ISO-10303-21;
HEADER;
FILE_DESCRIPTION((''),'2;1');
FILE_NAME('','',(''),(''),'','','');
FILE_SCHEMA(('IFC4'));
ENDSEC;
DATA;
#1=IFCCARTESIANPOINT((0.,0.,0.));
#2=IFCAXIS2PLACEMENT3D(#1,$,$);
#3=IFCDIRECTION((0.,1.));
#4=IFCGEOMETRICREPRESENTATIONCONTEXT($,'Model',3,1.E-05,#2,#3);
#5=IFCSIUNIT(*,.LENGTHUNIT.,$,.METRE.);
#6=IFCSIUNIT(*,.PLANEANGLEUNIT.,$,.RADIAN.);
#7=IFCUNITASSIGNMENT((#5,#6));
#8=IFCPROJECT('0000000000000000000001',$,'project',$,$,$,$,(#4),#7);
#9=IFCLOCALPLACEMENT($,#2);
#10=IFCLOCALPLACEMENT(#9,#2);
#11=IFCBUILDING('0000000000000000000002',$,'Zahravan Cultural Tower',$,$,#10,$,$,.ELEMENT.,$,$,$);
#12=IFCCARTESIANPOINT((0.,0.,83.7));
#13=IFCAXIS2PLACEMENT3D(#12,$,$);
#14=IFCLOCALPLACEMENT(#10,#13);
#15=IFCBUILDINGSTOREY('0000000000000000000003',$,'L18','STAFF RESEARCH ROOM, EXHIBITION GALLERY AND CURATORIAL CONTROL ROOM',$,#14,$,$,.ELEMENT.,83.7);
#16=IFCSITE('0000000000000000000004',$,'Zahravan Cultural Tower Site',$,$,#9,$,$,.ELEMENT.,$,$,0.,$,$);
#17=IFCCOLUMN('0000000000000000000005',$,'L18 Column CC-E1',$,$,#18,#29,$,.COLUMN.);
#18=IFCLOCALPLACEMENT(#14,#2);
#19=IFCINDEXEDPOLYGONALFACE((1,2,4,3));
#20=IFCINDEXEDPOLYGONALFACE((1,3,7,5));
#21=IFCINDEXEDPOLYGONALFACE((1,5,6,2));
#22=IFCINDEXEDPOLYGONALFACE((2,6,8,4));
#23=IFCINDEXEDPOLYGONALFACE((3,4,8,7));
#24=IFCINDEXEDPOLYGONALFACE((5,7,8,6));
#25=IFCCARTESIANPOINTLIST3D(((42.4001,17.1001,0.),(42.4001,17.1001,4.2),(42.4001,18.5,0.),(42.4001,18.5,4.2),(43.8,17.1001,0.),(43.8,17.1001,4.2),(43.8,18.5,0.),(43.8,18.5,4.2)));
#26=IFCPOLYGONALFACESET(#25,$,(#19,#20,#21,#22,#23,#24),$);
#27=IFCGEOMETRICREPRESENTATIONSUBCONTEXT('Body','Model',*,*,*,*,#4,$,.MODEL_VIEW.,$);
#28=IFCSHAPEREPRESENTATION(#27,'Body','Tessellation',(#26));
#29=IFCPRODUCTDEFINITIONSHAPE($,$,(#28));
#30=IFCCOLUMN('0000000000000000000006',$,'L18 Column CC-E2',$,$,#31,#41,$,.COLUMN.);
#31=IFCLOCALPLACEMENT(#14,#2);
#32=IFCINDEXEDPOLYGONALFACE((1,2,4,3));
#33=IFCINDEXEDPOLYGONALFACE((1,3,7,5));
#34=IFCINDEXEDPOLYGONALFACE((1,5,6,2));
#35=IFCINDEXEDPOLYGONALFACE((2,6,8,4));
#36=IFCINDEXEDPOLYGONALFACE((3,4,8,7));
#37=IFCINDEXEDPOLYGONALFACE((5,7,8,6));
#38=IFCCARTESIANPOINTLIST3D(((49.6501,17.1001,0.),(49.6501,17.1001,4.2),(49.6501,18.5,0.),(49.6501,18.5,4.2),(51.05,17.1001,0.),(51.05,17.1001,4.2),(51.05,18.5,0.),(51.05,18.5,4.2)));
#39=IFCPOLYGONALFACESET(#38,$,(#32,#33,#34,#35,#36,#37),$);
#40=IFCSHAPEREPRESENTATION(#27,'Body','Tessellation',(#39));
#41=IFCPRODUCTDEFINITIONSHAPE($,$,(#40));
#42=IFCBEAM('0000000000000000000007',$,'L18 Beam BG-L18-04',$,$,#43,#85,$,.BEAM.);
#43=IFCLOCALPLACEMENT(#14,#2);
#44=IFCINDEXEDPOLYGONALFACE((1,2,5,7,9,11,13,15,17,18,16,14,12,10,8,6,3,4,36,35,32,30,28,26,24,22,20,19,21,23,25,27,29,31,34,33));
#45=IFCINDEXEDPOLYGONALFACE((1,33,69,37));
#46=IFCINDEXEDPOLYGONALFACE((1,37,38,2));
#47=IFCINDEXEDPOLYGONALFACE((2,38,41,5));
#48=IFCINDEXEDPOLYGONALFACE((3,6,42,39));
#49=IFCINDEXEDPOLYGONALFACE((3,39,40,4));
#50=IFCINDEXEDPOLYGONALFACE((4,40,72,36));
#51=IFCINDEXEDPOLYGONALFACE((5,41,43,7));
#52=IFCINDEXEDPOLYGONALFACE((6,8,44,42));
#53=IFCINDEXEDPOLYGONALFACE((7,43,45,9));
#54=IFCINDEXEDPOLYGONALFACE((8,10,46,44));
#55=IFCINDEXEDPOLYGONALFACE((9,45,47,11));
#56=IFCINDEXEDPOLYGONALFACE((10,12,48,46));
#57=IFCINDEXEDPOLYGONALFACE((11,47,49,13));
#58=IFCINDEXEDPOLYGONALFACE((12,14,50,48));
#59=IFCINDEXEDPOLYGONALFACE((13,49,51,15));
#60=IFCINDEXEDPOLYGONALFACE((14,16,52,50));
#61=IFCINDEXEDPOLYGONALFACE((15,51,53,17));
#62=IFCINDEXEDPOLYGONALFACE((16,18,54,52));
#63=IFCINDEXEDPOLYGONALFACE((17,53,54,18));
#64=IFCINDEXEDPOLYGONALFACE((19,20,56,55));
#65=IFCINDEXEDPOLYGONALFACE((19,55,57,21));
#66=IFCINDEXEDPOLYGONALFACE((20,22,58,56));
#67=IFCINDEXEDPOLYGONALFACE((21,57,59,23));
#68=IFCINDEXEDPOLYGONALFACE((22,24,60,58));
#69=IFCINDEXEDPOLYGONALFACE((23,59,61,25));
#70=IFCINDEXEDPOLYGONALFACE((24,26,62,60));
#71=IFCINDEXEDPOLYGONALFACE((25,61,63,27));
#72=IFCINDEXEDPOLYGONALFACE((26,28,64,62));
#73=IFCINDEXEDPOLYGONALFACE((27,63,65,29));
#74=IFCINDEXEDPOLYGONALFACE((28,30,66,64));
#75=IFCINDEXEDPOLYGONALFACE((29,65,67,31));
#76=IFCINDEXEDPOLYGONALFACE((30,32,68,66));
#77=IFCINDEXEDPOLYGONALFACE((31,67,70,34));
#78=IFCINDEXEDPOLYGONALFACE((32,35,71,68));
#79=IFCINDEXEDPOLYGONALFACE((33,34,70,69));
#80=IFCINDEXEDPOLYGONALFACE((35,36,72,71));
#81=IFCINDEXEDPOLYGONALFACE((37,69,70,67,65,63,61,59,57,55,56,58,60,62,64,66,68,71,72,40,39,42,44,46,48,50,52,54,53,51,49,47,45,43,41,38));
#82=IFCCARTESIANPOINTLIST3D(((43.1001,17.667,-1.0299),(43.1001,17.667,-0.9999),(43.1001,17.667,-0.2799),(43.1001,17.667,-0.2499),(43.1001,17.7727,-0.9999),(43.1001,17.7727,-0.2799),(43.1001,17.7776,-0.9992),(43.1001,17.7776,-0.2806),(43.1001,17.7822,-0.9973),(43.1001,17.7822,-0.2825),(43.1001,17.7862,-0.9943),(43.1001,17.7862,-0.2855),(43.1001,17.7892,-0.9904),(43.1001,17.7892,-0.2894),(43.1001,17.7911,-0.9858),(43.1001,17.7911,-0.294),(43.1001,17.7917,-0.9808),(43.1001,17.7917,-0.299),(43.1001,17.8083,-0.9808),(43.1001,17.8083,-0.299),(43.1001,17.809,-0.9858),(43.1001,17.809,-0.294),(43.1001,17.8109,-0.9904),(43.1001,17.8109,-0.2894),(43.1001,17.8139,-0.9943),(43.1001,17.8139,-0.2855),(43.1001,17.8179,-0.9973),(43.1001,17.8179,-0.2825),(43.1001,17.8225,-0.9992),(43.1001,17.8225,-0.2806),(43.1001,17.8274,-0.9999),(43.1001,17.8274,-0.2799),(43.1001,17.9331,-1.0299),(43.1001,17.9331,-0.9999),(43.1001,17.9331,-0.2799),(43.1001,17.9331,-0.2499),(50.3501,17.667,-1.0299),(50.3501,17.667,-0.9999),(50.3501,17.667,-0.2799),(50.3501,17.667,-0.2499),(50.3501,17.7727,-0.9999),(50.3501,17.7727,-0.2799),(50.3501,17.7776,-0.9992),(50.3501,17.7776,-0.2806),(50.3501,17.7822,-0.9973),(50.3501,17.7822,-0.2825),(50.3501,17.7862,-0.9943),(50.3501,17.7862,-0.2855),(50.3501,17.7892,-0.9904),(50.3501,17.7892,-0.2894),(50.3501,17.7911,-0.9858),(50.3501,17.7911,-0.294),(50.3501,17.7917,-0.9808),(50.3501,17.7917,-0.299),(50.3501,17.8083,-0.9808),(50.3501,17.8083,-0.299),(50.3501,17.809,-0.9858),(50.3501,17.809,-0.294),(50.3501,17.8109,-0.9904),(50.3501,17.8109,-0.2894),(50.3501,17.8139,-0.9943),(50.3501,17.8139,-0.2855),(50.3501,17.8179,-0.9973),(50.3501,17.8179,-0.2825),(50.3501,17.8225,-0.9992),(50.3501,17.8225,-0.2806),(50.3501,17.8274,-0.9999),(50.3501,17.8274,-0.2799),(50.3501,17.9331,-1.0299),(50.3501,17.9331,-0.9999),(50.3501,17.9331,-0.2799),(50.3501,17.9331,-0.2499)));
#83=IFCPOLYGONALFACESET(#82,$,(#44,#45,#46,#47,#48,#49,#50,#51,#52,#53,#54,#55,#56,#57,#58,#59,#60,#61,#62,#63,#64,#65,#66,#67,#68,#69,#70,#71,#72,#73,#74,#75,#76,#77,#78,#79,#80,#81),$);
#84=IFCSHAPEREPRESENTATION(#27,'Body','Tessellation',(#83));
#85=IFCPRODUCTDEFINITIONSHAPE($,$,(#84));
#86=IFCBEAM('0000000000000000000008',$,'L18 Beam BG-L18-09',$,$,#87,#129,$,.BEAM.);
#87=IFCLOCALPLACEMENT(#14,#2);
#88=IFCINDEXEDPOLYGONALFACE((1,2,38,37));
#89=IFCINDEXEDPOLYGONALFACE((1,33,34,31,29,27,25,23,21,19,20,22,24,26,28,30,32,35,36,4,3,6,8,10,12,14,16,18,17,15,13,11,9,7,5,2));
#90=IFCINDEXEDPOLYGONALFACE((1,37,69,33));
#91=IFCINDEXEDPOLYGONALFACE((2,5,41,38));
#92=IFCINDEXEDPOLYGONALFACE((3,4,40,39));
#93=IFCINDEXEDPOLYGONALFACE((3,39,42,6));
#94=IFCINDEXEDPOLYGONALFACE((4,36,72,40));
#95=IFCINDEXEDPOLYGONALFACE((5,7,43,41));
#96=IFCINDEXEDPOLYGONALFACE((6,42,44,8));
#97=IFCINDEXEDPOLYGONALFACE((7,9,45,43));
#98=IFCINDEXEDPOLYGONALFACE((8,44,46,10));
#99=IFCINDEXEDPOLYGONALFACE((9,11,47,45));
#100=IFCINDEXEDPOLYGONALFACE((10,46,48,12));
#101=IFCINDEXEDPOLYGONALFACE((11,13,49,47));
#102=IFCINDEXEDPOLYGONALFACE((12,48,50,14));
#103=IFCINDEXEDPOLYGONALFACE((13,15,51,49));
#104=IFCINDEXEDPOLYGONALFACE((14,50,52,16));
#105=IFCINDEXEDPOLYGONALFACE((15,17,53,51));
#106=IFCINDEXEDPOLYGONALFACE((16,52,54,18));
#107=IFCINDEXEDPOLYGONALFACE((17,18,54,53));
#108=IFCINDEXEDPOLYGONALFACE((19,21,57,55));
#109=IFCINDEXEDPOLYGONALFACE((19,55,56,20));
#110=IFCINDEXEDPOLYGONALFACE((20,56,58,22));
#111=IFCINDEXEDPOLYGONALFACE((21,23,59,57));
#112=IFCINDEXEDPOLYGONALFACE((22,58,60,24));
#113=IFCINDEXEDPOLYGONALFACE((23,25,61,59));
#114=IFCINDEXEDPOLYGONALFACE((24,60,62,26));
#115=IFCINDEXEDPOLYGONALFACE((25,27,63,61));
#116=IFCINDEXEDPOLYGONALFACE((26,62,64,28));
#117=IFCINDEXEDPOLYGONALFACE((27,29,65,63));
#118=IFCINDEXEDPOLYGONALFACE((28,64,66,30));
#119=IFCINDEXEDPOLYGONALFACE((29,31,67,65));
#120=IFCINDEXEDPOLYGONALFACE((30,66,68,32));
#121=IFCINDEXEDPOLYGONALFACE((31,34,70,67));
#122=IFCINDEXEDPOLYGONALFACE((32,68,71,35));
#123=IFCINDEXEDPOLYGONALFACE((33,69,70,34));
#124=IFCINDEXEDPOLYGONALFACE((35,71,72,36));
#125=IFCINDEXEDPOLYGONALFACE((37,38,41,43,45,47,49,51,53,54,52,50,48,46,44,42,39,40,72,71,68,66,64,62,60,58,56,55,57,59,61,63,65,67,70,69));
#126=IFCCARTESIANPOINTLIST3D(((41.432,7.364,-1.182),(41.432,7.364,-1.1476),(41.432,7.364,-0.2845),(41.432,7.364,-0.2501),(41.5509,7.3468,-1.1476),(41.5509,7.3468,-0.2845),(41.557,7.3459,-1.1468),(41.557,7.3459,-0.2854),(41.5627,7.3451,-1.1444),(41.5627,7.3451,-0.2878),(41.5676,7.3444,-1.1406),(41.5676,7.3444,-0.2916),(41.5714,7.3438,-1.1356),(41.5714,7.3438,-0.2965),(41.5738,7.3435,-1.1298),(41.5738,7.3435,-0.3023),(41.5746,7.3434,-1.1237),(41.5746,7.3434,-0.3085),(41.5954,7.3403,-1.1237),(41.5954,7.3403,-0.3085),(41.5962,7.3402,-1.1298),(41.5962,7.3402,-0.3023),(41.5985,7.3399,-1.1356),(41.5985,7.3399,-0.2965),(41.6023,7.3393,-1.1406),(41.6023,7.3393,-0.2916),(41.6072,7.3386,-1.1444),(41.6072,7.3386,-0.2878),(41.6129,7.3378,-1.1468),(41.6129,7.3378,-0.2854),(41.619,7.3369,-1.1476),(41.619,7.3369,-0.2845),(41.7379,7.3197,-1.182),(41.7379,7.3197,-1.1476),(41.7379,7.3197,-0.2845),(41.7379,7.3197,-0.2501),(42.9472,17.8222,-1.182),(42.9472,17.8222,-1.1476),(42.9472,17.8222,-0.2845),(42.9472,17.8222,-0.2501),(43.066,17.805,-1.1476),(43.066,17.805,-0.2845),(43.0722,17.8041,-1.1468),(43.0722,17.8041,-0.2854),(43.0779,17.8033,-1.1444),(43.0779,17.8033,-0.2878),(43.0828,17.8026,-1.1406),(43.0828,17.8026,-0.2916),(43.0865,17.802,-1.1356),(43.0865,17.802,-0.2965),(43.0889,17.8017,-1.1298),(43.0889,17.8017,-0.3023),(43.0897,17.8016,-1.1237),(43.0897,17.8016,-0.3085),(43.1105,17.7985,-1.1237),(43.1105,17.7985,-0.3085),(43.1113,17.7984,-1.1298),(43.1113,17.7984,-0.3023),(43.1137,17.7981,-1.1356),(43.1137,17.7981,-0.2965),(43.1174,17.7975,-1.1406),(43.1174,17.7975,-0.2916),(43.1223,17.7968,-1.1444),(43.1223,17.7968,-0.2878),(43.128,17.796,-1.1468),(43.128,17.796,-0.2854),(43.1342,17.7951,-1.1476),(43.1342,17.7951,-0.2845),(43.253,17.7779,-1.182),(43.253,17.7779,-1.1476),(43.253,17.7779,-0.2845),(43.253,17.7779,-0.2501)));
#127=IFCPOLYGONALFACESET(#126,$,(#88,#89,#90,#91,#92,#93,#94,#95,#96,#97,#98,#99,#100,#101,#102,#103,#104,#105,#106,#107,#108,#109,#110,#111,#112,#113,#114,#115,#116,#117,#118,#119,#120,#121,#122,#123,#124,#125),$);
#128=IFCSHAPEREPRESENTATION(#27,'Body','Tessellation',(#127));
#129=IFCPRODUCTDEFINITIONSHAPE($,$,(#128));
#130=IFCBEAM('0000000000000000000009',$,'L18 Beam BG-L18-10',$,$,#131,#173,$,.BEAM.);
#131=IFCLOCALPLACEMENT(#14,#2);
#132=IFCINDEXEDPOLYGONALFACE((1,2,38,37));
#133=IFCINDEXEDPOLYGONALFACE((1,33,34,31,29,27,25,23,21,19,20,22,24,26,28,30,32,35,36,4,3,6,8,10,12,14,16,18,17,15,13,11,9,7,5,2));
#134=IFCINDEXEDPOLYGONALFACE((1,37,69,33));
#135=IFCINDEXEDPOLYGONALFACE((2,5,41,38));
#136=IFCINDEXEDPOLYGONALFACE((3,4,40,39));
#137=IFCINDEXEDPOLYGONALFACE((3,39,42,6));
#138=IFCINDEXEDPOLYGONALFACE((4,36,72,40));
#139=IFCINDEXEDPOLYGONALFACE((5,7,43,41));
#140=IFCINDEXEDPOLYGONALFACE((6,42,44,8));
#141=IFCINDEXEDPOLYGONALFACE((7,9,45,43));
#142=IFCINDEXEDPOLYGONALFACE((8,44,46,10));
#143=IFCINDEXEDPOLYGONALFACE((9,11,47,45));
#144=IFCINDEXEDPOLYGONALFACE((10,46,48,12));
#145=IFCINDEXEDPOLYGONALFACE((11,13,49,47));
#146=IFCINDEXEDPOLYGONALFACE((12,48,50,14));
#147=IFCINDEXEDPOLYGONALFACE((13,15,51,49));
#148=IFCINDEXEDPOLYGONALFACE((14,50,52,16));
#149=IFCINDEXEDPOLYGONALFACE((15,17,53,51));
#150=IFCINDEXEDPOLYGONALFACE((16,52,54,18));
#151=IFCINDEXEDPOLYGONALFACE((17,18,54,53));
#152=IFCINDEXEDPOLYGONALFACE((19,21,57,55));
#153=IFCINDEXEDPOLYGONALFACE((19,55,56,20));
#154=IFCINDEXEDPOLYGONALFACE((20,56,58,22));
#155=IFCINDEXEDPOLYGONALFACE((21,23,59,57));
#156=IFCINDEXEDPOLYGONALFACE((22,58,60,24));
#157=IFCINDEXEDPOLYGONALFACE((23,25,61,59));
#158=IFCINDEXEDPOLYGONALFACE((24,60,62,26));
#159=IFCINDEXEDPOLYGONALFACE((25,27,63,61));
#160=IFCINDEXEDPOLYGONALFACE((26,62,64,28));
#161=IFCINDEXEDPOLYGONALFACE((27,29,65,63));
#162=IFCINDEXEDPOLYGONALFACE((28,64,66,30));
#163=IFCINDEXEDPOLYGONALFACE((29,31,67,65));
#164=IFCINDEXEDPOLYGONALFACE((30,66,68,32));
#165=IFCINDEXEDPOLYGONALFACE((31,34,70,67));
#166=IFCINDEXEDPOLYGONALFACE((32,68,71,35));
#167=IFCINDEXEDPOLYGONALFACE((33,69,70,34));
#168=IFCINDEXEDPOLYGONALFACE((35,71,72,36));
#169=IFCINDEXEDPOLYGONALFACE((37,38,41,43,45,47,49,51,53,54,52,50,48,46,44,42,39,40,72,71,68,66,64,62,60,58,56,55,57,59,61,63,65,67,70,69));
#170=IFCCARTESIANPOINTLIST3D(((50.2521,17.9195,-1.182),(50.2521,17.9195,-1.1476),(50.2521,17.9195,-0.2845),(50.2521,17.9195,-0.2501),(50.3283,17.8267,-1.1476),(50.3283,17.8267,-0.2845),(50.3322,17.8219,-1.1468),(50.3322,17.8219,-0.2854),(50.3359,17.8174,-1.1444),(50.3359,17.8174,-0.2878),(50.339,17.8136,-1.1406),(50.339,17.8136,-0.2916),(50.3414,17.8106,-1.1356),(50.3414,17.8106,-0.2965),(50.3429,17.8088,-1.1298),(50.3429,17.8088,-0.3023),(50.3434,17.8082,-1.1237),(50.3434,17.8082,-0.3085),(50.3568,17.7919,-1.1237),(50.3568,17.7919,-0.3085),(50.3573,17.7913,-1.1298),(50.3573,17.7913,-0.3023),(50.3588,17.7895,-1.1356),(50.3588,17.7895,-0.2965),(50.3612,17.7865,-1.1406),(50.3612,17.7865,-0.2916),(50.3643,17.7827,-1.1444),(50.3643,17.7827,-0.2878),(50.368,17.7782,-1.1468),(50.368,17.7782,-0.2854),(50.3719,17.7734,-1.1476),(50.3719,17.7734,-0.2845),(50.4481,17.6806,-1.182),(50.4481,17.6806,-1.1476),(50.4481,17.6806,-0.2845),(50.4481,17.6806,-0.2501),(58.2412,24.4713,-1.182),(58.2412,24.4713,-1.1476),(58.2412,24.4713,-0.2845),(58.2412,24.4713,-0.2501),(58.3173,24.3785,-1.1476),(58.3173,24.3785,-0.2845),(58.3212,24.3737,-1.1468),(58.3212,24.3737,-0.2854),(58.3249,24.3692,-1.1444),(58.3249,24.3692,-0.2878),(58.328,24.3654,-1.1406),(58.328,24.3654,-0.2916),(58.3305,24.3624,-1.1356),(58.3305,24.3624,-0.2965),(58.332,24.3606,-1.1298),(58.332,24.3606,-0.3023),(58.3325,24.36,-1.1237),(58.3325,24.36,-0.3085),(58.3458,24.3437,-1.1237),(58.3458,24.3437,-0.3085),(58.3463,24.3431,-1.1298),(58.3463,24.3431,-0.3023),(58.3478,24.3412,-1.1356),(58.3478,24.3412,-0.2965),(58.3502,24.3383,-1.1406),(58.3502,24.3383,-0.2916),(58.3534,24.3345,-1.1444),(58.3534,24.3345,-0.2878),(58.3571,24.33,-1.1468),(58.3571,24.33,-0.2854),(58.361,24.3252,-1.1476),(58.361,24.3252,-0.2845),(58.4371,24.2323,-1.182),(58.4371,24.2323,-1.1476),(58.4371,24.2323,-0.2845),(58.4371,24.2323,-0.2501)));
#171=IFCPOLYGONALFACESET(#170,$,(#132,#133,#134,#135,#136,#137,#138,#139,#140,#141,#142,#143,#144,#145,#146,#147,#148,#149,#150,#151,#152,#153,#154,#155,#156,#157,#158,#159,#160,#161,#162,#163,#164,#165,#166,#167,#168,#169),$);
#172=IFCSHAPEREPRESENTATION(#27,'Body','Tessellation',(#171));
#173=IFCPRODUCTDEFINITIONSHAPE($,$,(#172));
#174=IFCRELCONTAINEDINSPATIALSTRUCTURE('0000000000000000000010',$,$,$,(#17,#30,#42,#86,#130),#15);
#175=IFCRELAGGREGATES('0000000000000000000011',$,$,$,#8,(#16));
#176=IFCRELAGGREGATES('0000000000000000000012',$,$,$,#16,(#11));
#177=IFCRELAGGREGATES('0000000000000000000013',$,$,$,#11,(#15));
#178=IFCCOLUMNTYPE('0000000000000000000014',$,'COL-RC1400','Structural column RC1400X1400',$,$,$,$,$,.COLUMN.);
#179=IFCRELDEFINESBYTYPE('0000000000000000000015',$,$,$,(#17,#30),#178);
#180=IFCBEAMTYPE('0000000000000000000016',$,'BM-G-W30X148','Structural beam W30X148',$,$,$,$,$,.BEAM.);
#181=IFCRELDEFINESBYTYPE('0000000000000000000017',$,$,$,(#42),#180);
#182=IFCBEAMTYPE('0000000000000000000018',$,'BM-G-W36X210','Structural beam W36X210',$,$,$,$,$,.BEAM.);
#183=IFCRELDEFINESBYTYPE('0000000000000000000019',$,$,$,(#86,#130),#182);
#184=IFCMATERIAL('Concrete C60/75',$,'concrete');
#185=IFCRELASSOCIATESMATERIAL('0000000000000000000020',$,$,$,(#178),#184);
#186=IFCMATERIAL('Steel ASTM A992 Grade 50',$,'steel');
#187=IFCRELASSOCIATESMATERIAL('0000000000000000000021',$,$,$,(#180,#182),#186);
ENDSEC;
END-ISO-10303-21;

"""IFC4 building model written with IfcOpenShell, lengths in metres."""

from ifc_helpers import new_model, si_unit, direction, frame, origin, origin_2d, place, context, subcontext, project, spatial, rectangle, i_section, extrude, source, transform, mapped, material, material_profile, profile_set, type_object, element, save


model = new_model("IFC4")

# Units and contexts
model_context = context("Model", 3, precision=1e-05, world=origin(), true_north=direction((0.0, 1.0)))
body_context = subcontext(model_context, "Body", "Model", "MODEL_VIEW")
ifc_project = project(units=[si_unit("LENGTHUNIT", "METRE"), si_unit("PLANEANGLEUNIT", "RADIAN")], contexts=[model_context])

# Site, building, storey
site_placement = place(None, origin())
site = spatial("IfcSite", under=ifc_project, at=site_placement, Name="Zahravan Cultural Tower Site", CompositionType="ELEMENT", RefElevation=0.0)
building_placement = place(site_placement, origin())
building = spatial("IfcBuilding", under=site, at=building_placement, Name="Zahravan Cultural Tower", CompositionType="ELEMENT")
storey_placement = place(building_placement, frame((0.0, 0.0, 83.7)))
storey = spatial("IfcBuildingStorey", under=building, at=storey_placement, Name="L18", Description="STAFF RESEARCH ROOM, EXHIBITION GALLERY AND CURATORIAL CONTROL ROOM", CompositionType="ELEMENT", Elevation=83.7)

# Columns
ifc_material_1 = material(Name="Concrete C60/75", Category="concrete")
ifc_material_profile_1 = material_profile(ifc_material_1, rectangle(XDim=1.3999, YDim=1.3999, at=origin_2d()), Name="RC1400X1400")
ifc_profile_set_1 = profile_set([ifc_material_profile_1], Name="Concrete C60/75")
column_type = type_object("IfcColumnType", Name="COL-RC1400", Description="Structural column RC1400X1400", PredefinedType="COLUMN", material=ifc_profile_set_1)
shared_shape_1 = source(origin(), body_context, "Body", "SweptSolid", [
    extrude(rectangle(XDim=1.3999, YDim=1.3999, at=origin_2d()), origin(), (0.0, 0.0, 1.0), 4.2),
])
for number, where, z_axis, x_axis, name in (
    (1, (43.1001, 17.8, 0.0), (0.0, 0.0, 1.0), (1.0, 0.0, 0.0), "L18 Column CC-E1"),
    (2, (50.3501, 17.8, 0.0), (0.0, 0.0, 1.0), (1.0, 0.0, 0.0), "L18 Column CC-E2"),
):
    element("IfcColumn", number, at=place(storey_placement, frame(where, z_axis=z_axis, x_axis=x_axis)), inside=storey, type_object=column_type, Name=name, PredefinedType="COLUMN", context=body_context, shape_type="MappedRepresentation", body=[
        mapped(shared_shape_1, transform((0.0, 0.0, 0.0), x_axis=(1.0, 0.0, 0.0), y_axis=(0.0, 1.0, 0.0), z_axis=(0.0, 0.0, 1.0), scale=1.0)),
    ])

# Beams
ifc_material_2 = material(Name="Steel ASTM A992 Grade 50", Category="steel")
ifc_material_profile_2 = material_profile(ifc_material_2, i_section(OverallWidth=0.2661, OverallDepth=0.78, WebThickness=0.0166, FlangeThickness=0.03, FilletRadius=0.019, at=origin_2d()), Name="W30X148")
ifc_profile_set_2 = profile_set([ifc_material_profile_2], Name="Steel ASTM A992 Grade 50")
beam_type_1 = type_object("IfcBeamType", Name="BM-G-W30X148", Description="Structural beam W30X148", PredefinedType="BEAM", material=ifc_profile_set_2)
shared_shape_2 = source(origin(), body_context, "Body", "SweptSolid", [
    extrude(i_section(OverallWidth=0.2661, OverallDepth=0.78, WebThickness=0.0166, FlangeThickness=0.03, FilletRadius=0.019, at=origin_2d()), origin(), (0.0, 0.0, 1.0), 7.25),
])
beam_1_placement = place(storey_placement, frame((43.1001, 17.8, -0.6399), z_axis=(1.0, 0.0, 0.0), x_axis=(0.0, 1.0, 0.0)))
element("IfcBeam", 3, at=beam_1_placement, inside=storey, type_object=beam_type_1, Name="L18 Beam BG-L18-04", PredefinedType="BEAM", context=body_context, shape_type="MappedRepresentation", body=[
    mapped(shared_shape_2, transform((0.0, 0.0, 0.0), x_axis=(1.0, 0.0, 0.0), y_axis=(0.0, 1.0, 0.0), z_axis=(0.0, 0.0, 1.0), scale=1.0)),
])
ifc_material_profile_3 = material_profile(ifc_material_2, i_section(OverallWidth=0.3091, OverallDepth=0.9319, WebThickness=0.021, FlangeThickness=0.0344, FilletRadius=0.0239, at=origin_2d()), Name="W36X210")
ifc_profile_set_3 = profile_set([ifc_material_profile_3], Name="Steel ASTM A992 Grade 50")
beam_type_2 = type_object("IfcBeamType", Name="BM-G-W36X210", Description="Structural beam W36X210", PredefinedType="BEAM", material=ifc_profile_set_3)
shared_shape_3 = source(origin(), body_context, "Body", "SweptSolid", [
    extrude(i_section(OverallWidth=0.3091, OverallDepth=0.9319, WebThickness=0.021, FlangeThickness=0.0344, FilletRadius=0.0239, at=origin_2d()), origin(), (0.0, 0.0, 1.0), 10.5674),
])
beam_2_placement = place(storey_placement, frame((43.1001, 17.8, -0.7161), z_axis=(-0.143378, -0.989668, 0.0), x_axis=(0.989668, -0.143378, 0.0)))
element("IfcBeam", 4, at=beam_2_placement, inside=storey, type_object=beam_type_2, Name="L18 Beam BG-L18-09", PredefinedType="BEAM", context=body_context, shape_type="MappedRepresentation", body=[
    mapped(shared_shape_3, transform((0.0, 0.0, 0.0), x_axis=(1.0, 0.0, 0.0), y_axis=(0.0, 1.0, 0.0), z_axis=(0.0, 0.0, 1.0), scale=1.0)),
])
shared_shape_4 = source(origin(), body_context, "Body", "SweptSolid", [
    extrude(i_section(OverallWidth=0.3091, OverallDepth=0.9319, WebThickness=0.021, FlangeThickness=0.0344, FilletRadius=0.0239, at=origin_2d()), origin(), (0.0, 0.0, 1.0), 10.332),
])
beam_3_placement = place(storey_placement, frame((50.3501, 17.8, -0.7161), z_axis=(0.773231, 0.634124, 0.0), x_axis=(-0.634124, 0.773231, 0.0)))
element("IfcBeam", 5, at=beam_3_placement, inside=storey, type_object=beam_type_2, Name="L18 Beam BG-L18-10", PredefinedType="BEAM", context=body_context, shape_type="MappedRepresentation", body=[
    mapped(shared_shape_4, transform((0.0, 0.0, 0.0), x_axis=(1.0, 0.0, 0.0), y_axis=(0.0, 1.0, 0.0), z_axis=(0.0, 0.0, 1.0), scale=1.0)),
])

save(model, "model.ifc")
